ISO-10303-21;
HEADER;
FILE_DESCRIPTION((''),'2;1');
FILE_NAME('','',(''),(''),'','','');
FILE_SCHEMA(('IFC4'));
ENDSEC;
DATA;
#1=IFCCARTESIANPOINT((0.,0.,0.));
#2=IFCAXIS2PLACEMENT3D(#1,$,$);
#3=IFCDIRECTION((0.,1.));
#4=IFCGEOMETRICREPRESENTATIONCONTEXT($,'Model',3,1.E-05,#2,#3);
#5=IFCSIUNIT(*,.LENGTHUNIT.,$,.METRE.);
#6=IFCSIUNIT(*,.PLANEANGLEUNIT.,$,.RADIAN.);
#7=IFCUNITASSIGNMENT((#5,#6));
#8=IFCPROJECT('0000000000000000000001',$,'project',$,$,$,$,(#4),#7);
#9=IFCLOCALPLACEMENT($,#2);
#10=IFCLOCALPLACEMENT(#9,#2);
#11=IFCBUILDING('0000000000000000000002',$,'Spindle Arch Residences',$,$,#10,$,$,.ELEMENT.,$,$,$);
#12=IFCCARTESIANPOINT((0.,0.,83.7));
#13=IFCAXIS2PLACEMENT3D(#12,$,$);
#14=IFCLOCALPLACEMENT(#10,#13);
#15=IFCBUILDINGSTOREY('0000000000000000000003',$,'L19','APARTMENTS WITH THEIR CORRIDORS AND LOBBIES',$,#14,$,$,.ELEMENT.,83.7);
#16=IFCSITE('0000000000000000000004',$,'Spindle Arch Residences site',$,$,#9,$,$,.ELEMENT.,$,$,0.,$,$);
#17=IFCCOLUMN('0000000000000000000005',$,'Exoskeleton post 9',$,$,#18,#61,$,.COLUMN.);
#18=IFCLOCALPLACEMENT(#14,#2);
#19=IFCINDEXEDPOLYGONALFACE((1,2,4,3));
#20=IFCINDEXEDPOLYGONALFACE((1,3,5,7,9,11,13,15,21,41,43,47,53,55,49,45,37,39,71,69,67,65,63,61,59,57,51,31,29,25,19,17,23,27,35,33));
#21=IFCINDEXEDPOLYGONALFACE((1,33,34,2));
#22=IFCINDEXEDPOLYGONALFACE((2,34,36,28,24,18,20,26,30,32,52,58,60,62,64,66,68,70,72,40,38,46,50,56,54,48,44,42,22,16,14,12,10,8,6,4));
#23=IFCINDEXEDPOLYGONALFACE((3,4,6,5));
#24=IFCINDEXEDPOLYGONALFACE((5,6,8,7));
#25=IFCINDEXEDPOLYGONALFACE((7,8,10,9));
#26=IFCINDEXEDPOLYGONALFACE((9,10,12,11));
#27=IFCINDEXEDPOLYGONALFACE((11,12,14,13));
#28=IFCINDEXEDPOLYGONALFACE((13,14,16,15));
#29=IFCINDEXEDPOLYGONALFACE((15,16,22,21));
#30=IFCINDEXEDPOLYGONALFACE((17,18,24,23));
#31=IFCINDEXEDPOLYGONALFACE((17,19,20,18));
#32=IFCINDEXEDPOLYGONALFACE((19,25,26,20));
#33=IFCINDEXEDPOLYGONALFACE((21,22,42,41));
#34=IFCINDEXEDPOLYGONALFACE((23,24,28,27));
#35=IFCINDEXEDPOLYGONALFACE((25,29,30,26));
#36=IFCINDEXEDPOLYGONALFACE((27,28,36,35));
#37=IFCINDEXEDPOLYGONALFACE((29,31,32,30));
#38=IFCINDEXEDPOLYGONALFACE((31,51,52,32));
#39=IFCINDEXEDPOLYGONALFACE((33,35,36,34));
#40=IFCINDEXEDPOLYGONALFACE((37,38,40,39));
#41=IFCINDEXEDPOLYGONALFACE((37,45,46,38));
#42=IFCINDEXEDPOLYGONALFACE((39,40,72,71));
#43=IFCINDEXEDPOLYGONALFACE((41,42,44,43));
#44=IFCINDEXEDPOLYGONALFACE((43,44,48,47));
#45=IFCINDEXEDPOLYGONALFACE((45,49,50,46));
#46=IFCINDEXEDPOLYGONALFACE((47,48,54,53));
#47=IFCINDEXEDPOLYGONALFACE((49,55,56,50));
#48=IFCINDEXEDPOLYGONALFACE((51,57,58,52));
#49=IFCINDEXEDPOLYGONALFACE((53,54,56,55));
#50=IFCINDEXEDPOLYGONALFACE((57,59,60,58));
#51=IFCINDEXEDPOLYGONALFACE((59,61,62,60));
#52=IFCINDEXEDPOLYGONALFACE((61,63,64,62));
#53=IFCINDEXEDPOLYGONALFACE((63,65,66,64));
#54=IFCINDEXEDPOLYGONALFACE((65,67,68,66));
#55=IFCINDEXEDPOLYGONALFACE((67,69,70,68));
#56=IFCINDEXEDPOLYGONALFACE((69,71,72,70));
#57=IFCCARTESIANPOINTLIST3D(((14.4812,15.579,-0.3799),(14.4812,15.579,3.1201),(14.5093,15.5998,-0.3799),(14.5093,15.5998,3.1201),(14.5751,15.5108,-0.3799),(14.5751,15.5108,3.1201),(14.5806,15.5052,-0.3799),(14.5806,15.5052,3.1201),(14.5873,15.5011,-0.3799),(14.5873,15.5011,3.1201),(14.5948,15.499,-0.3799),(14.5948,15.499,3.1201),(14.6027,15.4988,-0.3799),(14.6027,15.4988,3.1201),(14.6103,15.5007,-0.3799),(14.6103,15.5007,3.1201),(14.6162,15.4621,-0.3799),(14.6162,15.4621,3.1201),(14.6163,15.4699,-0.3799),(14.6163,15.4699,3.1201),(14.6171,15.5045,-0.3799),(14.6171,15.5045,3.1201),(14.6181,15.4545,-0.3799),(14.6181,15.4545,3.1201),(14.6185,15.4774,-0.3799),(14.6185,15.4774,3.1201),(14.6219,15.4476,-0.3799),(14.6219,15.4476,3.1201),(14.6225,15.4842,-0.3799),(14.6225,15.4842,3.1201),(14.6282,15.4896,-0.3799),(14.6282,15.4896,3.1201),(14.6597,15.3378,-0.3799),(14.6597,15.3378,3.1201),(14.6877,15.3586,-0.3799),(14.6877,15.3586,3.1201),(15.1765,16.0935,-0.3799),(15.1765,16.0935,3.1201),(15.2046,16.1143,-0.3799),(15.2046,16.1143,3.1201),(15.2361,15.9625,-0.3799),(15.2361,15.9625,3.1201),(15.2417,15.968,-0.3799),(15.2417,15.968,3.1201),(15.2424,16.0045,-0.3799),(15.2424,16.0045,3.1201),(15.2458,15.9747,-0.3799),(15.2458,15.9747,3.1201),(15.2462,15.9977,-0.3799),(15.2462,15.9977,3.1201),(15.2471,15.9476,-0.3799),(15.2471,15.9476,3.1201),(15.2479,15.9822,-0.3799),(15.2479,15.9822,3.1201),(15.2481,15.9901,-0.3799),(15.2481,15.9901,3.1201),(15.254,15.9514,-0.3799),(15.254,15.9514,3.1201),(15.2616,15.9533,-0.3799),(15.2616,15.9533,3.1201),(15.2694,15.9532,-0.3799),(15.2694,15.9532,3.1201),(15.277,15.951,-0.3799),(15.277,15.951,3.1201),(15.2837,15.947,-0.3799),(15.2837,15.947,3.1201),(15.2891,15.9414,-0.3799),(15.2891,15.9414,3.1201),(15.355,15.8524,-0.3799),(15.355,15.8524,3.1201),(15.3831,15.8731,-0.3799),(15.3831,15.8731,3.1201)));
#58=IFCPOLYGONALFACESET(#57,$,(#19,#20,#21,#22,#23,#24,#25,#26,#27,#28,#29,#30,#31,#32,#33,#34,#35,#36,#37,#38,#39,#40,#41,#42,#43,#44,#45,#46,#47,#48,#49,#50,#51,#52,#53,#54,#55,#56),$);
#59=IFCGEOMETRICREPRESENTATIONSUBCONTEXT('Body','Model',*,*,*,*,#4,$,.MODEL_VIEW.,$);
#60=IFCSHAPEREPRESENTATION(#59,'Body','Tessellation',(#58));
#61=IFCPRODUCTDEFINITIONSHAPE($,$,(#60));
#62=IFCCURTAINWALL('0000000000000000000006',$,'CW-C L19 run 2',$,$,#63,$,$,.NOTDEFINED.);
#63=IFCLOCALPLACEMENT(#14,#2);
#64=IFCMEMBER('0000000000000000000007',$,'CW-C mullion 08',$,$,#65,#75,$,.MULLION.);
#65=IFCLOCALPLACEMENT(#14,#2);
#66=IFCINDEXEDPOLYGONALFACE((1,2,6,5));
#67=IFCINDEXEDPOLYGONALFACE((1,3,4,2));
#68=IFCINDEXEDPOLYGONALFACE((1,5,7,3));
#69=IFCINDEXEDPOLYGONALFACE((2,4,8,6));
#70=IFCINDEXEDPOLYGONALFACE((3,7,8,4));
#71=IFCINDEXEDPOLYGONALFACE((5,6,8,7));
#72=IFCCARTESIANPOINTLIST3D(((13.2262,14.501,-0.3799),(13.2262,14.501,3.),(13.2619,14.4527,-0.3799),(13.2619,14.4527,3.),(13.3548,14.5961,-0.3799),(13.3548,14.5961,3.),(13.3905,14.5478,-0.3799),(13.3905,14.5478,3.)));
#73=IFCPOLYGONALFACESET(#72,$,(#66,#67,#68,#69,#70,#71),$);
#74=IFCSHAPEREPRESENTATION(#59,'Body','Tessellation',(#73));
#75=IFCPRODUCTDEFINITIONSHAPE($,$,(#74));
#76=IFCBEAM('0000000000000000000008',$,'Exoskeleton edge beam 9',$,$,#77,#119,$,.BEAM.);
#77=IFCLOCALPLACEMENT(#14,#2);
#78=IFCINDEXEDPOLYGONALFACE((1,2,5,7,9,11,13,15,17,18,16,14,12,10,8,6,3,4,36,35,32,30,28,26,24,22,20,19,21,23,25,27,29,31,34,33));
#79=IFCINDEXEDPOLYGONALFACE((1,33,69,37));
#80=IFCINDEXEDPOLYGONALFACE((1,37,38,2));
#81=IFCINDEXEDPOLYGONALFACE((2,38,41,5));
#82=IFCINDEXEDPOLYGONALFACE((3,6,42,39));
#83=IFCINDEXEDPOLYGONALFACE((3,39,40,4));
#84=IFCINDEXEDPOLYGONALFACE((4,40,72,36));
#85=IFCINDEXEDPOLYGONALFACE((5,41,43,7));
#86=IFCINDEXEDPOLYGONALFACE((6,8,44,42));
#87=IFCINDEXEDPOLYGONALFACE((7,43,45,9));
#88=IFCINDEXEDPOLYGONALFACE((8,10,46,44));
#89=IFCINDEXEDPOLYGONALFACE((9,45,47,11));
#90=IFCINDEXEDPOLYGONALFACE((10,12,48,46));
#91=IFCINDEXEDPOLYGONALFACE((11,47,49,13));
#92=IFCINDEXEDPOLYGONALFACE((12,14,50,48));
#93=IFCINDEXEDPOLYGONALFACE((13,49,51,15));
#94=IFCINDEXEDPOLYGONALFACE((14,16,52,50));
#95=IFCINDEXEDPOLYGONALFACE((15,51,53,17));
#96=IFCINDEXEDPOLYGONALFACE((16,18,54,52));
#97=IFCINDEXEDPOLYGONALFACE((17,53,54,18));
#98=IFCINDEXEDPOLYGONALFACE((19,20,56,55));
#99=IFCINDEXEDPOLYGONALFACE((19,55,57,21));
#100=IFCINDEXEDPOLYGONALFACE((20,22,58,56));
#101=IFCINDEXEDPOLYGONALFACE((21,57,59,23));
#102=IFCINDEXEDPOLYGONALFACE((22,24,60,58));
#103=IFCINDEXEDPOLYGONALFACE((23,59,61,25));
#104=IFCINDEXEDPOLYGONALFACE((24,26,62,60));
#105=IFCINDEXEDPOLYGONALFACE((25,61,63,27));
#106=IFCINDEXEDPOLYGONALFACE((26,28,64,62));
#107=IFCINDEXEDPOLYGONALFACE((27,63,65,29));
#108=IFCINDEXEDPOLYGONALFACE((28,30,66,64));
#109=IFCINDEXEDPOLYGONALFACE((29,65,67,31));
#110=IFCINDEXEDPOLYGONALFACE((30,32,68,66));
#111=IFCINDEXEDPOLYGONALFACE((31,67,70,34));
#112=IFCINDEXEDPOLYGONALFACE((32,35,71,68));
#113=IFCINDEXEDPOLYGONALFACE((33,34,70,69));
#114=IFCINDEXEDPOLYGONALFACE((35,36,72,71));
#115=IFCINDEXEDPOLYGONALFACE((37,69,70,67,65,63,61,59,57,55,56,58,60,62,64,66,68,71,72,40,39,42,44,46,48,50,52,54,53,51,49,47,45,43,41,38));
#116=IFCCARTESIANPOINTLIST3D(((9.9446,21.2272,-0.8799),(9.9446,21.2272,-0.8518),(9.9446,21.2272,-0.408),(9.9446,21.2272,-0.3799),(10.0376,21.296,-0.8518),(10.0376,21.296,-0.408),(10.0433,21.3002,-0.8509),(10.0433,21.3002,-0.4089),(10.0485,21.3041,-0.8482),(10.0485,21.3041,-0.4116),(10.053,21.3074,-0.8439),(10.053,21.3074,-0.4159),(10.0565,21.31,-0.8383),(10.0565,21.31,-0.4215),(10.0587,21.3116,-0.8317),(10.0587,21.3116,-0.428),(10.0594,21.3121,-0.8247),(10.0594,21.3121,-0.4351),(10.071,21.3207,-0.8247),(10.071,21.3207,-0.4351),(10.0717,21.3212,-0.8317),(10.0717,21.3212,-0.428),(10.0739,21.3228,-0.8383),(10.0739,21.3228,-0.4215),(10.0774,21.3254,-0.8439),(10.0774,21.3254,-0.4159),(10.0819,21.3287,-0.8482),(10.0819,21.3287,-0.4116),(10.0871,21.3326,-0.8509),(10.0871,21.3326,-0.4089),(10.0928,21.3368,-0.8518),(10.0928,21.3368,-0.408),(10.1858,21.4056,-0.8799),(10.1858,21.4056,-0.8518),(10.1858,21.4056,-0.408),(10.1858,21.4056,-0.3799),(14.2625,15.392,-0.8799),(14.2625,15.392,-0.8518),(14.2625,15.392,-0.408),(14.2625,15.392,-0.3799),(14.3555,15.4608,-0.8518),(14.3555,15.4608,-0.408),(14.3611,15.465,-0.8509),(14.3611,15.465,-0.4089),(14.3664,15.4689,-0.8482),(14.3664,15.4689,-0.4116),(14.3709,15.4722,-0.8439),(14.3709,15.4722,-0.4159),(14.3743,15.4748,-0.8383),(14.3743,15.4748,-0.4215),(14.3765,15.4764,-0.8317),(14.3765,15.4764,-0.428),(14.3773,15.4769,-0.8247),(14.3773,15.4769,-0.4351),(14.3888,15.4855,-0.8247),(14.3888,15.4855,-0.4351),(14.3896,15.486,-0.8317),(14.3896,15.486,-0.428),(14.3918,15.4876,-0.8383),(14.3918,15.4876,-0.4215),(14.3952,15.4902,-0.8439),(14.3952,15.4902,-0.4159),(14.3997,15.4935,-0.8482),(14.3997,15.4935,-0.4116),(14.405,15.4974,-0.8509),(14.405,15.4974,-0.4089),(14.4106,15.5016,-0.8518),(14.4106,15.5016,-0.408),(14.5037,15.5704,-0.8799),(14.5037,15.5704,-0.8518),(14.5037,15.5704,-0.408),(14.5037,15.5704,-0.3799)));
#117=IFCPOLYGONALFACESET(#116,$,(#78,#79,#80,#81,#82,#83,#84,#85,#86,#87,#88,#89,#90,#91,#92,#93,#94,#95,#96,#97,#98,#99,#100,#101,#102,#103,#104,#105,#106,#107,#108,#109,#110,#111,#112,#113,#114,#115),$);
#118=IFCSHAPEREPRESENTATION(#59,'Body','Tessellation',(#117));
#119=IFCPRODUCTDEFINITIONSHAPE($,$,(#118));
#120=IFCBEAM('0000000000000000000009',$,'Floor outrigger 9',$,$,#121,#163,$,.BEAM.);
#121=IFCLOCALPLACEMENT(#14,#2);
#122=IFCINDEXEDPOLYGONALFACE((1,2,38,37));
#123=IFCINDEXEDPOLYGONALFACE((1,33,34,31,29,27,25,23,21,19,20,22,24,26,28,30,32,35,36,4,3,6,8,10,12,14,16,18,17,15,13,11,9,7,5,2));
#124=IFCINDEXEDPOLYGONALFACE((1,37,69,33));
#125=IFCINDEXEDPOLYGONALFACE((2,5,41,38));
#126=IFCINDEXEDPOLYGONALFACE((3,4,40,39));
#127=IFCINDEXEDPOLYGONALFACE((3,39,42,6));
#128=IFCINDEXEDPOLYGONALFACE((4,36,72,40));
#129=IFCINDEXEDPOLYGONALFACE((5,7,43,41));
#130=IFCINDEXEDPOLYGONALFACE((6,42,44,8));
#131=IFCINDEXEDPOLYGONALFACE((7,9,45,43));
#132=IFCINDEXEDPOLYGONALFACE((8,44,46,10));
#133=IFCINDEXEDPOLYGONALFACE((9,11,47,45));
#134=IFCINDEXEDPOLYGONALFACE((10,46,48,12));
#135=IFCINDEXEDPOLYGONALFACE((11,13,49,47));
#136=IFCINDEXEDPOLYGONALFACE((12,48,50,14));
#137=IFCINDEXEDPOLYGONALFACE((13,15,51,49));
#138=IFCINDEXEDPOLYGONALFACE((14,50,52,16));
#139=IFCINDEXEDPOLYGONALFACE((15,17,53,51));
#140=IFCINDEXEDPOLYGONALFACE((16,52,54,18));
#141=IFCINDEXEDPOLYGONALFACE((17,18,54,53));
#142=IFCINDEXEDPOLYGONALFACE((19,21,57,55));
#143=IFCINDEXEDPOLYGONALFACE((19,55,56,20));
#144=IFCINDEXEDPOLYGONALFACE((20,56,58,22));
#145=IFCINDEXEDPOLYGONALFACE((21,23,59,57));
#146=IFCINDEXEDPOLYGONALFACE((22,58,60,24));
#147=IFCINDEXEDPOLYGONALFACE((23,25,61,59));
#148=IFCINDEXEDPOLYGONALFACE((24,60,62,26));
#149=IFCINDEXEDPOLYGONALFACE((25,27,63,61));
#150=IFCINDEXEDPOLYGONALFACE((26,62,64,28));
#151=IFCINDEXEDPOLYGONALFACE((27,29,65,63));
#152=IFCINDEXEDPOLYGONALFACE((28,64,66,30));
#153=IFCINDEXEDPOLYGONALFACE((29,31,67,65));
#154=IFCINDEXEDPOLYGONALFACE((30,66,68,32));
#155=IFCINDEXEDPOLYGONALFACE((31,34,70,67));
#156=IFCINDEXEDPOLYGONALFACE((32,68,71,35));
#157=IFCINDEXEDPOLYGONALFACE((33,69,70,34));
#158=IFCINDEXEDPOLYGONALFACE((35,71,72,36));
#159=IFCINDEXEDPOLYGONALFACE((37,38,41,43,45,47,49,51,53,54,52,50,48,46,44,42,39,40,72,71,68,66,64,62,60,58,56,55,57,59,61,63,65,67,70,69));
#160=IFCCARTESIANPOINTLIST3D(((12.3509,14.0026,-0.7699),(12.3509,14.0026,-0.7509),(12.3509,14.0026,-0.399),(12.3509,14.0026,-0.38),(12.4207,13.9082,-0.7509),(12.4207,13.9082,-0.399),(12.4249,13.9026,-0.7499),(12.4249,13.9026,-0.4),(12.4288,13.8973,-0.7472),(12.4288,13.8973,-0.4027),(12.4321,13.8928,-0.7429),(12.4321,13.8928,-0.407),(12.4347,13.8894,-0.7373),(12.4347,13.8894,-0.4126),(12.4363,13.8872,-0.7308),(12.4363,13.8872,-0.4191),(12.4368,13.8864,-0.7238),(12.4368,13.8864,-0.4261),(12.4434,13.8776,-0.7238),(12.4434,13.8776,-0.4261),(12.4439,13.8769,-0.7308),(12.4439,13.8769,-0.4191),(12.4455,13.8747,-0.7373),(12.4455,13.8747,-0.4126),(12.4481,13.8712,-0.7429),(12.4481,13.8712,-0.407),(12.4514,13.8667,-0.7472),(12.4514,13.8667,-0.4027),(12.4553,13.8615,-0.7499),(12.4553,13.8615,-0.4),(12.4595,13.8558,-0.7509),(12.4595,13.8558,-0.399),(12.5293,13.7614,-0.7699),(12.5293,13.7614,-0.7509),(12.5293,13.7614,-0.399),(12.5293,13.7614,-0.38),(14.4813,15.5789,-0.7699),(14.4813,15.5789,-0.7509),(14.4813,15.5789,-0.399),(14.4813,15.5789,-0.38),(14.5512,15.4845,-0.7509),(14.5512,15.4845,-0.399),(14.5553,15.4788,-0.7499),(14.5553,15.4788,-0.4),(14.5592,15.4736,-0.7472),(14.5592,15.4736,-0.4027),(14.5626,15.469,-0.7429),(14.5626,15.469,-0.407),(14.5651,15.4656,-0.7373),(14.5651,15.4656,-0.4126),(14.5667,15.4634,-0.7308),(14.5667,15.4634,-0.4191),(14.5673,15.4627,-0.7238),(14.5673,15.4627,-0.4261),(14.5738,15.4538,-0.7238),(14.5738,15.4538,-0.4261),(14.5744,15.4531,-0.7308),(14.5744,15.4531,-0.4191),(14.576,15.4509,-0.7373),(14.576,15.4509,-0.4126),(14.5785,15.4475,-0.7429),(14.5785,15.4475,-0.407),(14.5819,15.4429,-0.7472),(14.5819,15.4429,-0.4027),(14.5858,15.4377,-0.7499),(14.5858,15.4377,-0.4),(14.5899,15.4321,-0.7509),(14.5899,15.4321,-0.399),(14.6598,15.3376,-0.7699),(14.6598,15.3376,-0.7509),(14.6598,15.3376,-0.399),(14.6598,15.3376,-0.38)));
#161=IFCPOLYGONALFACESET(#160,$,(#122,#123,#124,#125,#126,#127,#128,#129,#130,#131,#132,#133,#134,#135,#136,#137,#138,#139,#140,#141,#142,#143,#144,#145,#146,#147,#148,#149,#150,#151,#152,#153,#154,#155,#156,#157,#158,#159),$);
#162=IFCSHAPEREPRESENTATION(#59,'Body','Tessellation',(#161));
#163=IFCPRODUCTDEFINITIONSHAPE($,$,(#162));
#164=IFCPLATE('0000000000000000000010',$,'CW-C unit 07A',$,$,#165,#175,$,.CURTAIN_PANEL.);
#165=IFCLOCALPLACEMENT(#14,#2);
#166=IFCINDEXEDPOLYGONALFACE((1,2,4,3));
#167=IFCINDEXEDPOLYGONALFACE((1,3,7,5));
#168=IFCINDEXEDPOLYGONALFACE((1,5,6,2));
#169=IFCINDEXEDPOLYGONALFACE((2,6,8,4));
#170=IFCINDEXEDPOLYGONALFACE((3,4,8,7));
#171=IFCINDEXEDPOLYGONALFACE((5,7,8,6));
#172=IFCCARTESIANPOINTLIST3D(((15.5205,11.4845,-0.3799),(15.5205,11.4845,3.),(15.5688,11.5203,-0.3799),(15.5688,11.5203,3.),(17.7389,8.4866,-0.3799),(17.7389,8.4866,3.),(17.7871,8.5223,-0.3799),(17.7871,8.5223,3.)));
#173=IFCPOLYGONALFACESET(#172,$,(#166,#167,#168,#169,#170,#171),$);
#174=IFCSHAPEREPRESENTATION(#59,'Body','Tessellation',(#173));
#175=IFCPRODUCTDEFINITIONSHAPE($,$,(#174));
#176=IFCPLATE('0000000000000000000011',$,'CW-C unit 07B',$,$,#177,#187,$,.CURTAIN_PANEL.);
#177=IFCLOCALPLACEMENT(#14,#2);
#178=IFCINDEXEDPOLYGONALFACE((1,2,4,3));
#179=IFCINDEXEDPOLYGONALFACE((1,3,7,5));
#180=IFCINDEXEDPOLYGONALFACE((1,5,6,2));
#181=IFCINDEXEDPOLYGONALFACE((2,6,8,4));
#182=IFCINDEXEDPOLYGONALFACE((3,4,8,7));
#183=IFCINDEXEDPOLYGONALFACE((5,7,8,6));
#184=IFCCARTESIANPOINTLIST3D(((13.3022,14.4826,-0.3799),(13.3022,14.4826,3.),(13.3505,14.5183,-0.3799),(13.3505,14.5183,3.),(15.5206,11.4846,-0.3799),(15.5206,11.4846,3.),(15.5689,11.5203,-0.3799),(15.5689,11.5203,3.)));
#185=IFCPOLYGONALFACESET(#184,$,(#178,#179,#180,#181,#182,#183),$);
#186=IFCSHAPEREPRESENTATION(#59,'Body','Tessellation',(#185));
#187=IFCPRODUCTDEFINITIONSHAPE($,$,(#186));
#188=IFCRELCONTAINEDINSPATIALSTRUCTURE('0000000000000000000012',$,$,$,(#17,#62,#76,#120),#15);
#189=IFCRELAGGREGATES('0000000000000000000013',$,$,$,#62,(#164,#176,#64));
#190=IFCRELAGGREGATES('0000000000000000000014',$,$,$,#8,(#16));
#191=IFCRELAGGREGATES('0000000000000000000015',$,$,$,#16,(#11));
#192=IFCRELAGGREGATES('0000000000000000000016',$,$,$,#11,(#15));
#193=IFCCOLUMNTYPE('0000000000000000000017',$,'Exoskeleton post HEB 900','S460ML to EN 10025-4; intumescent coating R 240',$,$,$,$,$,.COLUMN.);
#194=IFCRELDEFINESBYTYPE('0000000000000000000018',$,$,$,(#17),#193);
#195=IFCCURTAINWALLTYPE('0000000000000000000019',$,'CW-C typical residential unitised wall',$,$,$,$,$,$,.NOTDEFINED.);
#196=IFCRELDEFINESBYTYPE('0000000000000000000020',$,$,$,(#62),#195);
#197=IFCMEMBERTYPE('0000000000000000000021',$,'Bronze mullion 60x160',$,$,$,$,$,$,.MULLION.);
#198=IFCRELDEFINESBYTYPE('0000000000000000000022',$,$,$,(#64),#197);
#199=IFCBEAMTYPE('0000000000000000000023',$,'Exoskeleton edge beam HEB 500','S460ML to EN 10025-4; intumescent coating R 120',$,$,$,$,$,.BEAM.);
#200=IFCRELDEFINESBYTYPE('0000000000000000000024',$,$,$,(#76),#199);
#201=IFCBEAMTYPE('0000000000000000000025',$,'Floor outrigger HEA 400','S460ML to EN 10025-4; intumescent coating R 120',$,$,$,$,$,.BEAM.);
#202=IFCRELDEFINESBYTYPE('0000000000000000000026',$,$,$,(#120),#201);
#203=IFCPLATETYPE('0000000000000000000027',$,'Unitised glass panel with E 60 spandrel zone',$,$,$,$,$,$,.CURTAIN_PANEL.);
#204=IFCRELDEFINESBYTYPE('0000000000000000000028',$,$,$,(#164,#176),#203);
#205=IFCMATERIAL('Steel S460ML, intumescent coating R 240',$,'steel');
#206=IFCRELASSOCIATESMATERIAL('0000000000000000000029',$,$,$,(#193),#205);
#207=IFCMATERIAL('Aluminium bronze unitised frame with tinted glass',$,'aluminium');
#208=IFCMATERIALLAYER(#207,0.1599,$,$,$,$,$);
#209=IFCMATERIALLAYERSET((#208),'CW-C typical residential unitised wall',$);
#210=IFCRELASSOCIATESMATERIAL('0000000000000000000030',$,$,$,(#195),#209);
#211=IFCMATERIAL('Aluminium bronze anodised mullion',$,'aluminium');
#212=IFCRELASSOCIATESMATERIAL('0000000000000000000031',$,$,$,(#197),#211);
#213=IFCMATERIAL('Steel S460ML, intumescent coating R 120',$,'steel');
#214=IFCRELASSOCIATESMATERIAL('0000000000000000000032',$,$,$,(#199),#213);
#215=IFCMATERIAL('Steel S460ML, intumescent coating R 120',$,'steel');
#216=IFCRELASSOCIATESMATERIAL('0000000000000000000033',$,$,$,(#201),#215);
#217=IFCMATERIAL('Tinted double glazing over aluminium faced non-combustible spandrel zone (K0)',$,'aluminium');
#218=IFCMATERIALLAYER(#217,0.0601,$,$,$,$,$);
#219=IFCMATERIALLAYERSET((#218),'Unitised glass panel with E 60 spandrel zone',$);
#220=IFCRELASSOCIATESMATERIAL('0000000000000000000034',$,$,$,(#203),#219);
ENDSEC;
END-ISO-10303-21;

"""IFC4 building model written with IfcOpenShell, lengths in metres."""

from ifc_helpers import new_model, si_unit, direction, frame, origin, origin_2d, place, context, subcontext, project, spatial, rectangle, i_section, extrude, material, layer, layer_set, material_profile, profile_set, type_object, element, aggregate, save


model = new_model("IFC4")

# Units and contexts
model_context = context("Model", 3, precision=1e-05, world=origin(), true_north=direction((0.0, 1.0)))
body_context = subcontext(model_context, "Body", "Model", "MODEL_VIEW")
ifc_project = project(units=[si_unit("LENGTHUNIT", "METRE"), si_unit("PLANEANGLEUNIT", "RADIAN")], contexts=[model_context])

# Site, building, storey
site_placement = place(None, origin())
site = spatial("IfcSite", under=ifc_project, at=site_placement, Name="Spindle Arch Residences site", CompositionType="ELEMENT", RefElevation=0.0)
building_placement = place(site_placement, origin())
building = spatial("IfcBuilding", under=site, at=building_placement, Name="Spindle Arch Residences", CompositionType="ELEMENT")
storey_placement = place(building_placement, frame((0.0, 0.0, 83.7)))
storey = spatial("IfcBuildingStorey", under=building, at=storey_placement, Name="L19", Description="APARTMENTS WITH THEIR CORRIDORS AND LOBBIES", CompositionType="ELEMENT", Elevation=83.7)

# Column
ifc_material_1 = material(Name="Steel S460ML, intumescent coating R 240", Category="steel")
ifc_material_profile_1 = material_profile(ifc_material_1, i_section(OverallWidth=0.3, OverallDepth=0.8999, WebThickness=0.0186, FlangeThickness=0.0349, FilletRadius=0.03, at=origin_2d()), Name="HEB 900")
ifc_profile_set_1 = profile_set([ifc_material_profile_1], Name="Steel S460ML, intumescent coating R 240")
column_type = type_object("IfcColumnType", Name="Exoskeleton post HEB 900", Description="S460ML to EN 10025-4; intumescent coating R 240", PredefinedType="COLUMN", material=ifc_profile_set_1)
column_placement = place(storey_placement, frame((14.9321, 15.7261, -0.3799), z_axis=(0.0, 0.0, 1.0), x_axis=(0.594823, -0.803857, 0.0)))
element("IfcColumn", 1, at=column_placement, inside=storey, type_object=column_type, Name="Exoskeleton post 9", PredefinedType="COLUMN", context=body_context, shape_type="SweptSolid", body=[
    extrude(i_section(OverallWidth=0.3, OverallDepth=0.8999, WebThickness=0.0186, FlangeThickness=0.0349, FilletRadius=0.03, at=origin_2d()), origin(), (0.0, 0.0, 1.0), 3.5),
])

# Curtain wall, member
ifc_material_2 = material(Name="Aluminium bronze unitised frame with tinted glass", Category="aluminium")
ifc_layer_1 = layer(ifc_material_2, 0.1599)
ifc_layer_set_1 = layer_set([ifc_layer_1], Name="CW-C typical residential unitised wall")
curtain_wall_type = type_object("IfcCurtainWallType", Name="CW-C typical residential unitised wall", PredefinedType="NOTDEFINED", material=ifc_layer_set_1)
curtain_wall_placement = place(storey_placement, origin())
curtain_wall = element("IfcCurtainWall", 2, at=curtain_wall_placement, inside=storey, type_object=curtain_wall_type, Name="CW-C L19 run 2", PredefinedType="NOTDEFINED")
ifc_material_3 = material(Name="Aluminium bronze anodised mullion", Category="aluminium")
ifc_material_profile_2 = material_profile(ifc_material_3, rectangle(XDim=0.1599, YDim=0.0601, at=origin_2d()), Name="MU 60x160")
ifc_profile_set_2 = profile_set([ifc_material_profile_2], Name="Aluminium bronze anodised mullion")
member_type = type_object("IfcMemberType", Name="Bronze mullion 60x160", PredefinedType="MULLION", material=ifc_profile_set_2)
member_placement = place(storey_placement, frame((13.3083, 14.5244, -0.3799), z_axis=(0.0, 0.0, 1.0), x_axis=(-0.803857, -0.594823, 0.0)))
member = element("IfcMember", 3, at=member_placement, type_object=member_type, Name="CW-C mullion 08", PredefinedType="MULLION", context=body_context, shape_type="SweptSolid", body=[
    extrude(rectangle(XDim=0.1599, YDim=0.0601, at=origin_2d()), origin(), (0.0, 0.0, 1.0), 3.3799),
])

# Beams
ifc_material_4 = material(Name="Steel S460ML, intumescent coating R 120", Category="steel")
ifc_material_profile_3 = material_profile(ifc_material_4, i_section(OverallWidth=0.3, OverallDepth=0.5, WebThickness=0.0144, FlangeThickness=0.0281, FilletRadius=0.0271, at=origin_2d()), Name="HEB 500")
ifc_profile_set_3 = profile_set([ifc_material_profile_3], Name="Steel S460ML, intumescent coating R 120")
beam_type_1 = type_object("IfcBeamType", Name="Exoskeleton edge beam HEB 500", Description="S460ML to EN 10025-4; intumescent coating R 120", PredefinedType="BEAM", material=ifc_profile_set_3)
beam_1_placement = place(storey_placement, frame((14.3831, 15.4812, -0.6299), z_axis=(-0.594827, 0.803854, 0.0), x_axis=(-0.803854, -0.594827, 0.0)))
element("IfcBeam", 4, at=beam_1_placement, inside=storey, type_object=beam_type_1, Name="Exoskeleton edge beam 9", PredefinedType="BEAM", context=body_context, shape_type="SweptSolid", body=[
    extrude(i_section(OverallWidth=0.3, OverallDepth=0.5, WebThickness=0.0144, FlangeThickness=0.0281, FilletRadius=0.0271, at=origin_2d()), origin(), (0.0, 0.0, 1.0), 7.259),
])
ifc_material_5 = material(Name="Steel S460ML, intumescent coating R 120", Category="steel")
ifc_material_profile_4 = material_profile(ifc_material_5, i_section(OverallWidth=0.3, OverallDepth=0.3899, WebThickness=0.011, FlangeThickness=0.019, FilletRadius=0.0271, at=origin_2d()), Name="HEA 400")
ifc_profile_set_4 = profile_set([ifc_material_profile_4], Name="Steel S460ML, intumescent coating R 120")
beam_type_2 = type_object("IfcBeamType", Name="Floor outrigger HEA 400", Description="S460ML to EN 10025-4; intumescent coating R 120", PredefinedType="BEAM", material=ifc_profile_set_4)
beam_2_placement = place(storey_placement, frame((14.5706, 15.4583, -0.575), z_axis=(-0.803897, -0.594769, 0.0), x_axis=(0.594769, -0.803897, 0.0)))
element("IfcBeam", 5, at=beam_2_placement, inside=storey, type_object=beam_type_2, Name="Floor outrigger 9", PredefinedType="BEAM", context=body_context, shape_type="SweptSolid", body=[
    extrude(i_section(OverallWidth=0.3, OverallDepth=0.3899, WebThickness=0.011, FlangeThickness=0.019, FilletRadius=0.0271, at=origin_2d()), origin(), (0.0, 0.0, 1.0), 2.6501),
])

# Plates
ifc_material_6 = material(Name="Tinted double glazing over aluminium faced non-combustible spandrel zone (K0)", Category="aluminium")
ifc_layer_2 = layer(ifc_material_6, 0.0601)
ifc_layer_set_2 = layer_set([ifc_layer_2], Name="Unitised glass panel with E 60 spandrel zone")
plate_type = type_object("IfcPlateType", Name="Unitised glass panel with E 60 spandrel zone", PredefinedType="CURTAIN_PANEL", material=ifc_layer_set_2)
plate_1_placement = place(storey_placement, frame((16.6538, 10.0034, -0.3799), z_axis=(0.0, 0.0, 1.0), x_axis=(-0.594823, 0.803857, 0.0)))
plate_1 = element("IfcPlate", 6, at=plate_1_placement, type_object=plate_type, Name="CW-C unit 07A", PredefinedType="CURTAIN_PANEL", context=body_context, shape_type="SweptSolid", body=[
    extrude(rectangle(XDim=3.7295, YDim=0.0601, at=origin_2d()), origin(), (0.0, 0.0, 1.0), 3.3799),
])
plate_2_placement = place(storey_placement, frame((14.4355, 13.0015, -0.3799), z_axis=(0.0, 0.0, 1.0), x_axis=(-0.594823, 0.803857, 0.0)))
plate_2 = element("IfcPlate", 7, at=plate_2_placement, type_object=plate_type, Name="CW-C unit 07B", PredefinedType="CURTAIN_PANEL", context=body_context, shape_type="SweptSolid", body=[
    extrude(rectangle(XDim=3.7295, YDim=0.0601, at=origin_2d()), origin(), (0.0, 0.0, 1.0), 3.3799),
])
aggregate(curtain_wall, [plate_1, plate_2, member])

save(model, "model.ifc")
